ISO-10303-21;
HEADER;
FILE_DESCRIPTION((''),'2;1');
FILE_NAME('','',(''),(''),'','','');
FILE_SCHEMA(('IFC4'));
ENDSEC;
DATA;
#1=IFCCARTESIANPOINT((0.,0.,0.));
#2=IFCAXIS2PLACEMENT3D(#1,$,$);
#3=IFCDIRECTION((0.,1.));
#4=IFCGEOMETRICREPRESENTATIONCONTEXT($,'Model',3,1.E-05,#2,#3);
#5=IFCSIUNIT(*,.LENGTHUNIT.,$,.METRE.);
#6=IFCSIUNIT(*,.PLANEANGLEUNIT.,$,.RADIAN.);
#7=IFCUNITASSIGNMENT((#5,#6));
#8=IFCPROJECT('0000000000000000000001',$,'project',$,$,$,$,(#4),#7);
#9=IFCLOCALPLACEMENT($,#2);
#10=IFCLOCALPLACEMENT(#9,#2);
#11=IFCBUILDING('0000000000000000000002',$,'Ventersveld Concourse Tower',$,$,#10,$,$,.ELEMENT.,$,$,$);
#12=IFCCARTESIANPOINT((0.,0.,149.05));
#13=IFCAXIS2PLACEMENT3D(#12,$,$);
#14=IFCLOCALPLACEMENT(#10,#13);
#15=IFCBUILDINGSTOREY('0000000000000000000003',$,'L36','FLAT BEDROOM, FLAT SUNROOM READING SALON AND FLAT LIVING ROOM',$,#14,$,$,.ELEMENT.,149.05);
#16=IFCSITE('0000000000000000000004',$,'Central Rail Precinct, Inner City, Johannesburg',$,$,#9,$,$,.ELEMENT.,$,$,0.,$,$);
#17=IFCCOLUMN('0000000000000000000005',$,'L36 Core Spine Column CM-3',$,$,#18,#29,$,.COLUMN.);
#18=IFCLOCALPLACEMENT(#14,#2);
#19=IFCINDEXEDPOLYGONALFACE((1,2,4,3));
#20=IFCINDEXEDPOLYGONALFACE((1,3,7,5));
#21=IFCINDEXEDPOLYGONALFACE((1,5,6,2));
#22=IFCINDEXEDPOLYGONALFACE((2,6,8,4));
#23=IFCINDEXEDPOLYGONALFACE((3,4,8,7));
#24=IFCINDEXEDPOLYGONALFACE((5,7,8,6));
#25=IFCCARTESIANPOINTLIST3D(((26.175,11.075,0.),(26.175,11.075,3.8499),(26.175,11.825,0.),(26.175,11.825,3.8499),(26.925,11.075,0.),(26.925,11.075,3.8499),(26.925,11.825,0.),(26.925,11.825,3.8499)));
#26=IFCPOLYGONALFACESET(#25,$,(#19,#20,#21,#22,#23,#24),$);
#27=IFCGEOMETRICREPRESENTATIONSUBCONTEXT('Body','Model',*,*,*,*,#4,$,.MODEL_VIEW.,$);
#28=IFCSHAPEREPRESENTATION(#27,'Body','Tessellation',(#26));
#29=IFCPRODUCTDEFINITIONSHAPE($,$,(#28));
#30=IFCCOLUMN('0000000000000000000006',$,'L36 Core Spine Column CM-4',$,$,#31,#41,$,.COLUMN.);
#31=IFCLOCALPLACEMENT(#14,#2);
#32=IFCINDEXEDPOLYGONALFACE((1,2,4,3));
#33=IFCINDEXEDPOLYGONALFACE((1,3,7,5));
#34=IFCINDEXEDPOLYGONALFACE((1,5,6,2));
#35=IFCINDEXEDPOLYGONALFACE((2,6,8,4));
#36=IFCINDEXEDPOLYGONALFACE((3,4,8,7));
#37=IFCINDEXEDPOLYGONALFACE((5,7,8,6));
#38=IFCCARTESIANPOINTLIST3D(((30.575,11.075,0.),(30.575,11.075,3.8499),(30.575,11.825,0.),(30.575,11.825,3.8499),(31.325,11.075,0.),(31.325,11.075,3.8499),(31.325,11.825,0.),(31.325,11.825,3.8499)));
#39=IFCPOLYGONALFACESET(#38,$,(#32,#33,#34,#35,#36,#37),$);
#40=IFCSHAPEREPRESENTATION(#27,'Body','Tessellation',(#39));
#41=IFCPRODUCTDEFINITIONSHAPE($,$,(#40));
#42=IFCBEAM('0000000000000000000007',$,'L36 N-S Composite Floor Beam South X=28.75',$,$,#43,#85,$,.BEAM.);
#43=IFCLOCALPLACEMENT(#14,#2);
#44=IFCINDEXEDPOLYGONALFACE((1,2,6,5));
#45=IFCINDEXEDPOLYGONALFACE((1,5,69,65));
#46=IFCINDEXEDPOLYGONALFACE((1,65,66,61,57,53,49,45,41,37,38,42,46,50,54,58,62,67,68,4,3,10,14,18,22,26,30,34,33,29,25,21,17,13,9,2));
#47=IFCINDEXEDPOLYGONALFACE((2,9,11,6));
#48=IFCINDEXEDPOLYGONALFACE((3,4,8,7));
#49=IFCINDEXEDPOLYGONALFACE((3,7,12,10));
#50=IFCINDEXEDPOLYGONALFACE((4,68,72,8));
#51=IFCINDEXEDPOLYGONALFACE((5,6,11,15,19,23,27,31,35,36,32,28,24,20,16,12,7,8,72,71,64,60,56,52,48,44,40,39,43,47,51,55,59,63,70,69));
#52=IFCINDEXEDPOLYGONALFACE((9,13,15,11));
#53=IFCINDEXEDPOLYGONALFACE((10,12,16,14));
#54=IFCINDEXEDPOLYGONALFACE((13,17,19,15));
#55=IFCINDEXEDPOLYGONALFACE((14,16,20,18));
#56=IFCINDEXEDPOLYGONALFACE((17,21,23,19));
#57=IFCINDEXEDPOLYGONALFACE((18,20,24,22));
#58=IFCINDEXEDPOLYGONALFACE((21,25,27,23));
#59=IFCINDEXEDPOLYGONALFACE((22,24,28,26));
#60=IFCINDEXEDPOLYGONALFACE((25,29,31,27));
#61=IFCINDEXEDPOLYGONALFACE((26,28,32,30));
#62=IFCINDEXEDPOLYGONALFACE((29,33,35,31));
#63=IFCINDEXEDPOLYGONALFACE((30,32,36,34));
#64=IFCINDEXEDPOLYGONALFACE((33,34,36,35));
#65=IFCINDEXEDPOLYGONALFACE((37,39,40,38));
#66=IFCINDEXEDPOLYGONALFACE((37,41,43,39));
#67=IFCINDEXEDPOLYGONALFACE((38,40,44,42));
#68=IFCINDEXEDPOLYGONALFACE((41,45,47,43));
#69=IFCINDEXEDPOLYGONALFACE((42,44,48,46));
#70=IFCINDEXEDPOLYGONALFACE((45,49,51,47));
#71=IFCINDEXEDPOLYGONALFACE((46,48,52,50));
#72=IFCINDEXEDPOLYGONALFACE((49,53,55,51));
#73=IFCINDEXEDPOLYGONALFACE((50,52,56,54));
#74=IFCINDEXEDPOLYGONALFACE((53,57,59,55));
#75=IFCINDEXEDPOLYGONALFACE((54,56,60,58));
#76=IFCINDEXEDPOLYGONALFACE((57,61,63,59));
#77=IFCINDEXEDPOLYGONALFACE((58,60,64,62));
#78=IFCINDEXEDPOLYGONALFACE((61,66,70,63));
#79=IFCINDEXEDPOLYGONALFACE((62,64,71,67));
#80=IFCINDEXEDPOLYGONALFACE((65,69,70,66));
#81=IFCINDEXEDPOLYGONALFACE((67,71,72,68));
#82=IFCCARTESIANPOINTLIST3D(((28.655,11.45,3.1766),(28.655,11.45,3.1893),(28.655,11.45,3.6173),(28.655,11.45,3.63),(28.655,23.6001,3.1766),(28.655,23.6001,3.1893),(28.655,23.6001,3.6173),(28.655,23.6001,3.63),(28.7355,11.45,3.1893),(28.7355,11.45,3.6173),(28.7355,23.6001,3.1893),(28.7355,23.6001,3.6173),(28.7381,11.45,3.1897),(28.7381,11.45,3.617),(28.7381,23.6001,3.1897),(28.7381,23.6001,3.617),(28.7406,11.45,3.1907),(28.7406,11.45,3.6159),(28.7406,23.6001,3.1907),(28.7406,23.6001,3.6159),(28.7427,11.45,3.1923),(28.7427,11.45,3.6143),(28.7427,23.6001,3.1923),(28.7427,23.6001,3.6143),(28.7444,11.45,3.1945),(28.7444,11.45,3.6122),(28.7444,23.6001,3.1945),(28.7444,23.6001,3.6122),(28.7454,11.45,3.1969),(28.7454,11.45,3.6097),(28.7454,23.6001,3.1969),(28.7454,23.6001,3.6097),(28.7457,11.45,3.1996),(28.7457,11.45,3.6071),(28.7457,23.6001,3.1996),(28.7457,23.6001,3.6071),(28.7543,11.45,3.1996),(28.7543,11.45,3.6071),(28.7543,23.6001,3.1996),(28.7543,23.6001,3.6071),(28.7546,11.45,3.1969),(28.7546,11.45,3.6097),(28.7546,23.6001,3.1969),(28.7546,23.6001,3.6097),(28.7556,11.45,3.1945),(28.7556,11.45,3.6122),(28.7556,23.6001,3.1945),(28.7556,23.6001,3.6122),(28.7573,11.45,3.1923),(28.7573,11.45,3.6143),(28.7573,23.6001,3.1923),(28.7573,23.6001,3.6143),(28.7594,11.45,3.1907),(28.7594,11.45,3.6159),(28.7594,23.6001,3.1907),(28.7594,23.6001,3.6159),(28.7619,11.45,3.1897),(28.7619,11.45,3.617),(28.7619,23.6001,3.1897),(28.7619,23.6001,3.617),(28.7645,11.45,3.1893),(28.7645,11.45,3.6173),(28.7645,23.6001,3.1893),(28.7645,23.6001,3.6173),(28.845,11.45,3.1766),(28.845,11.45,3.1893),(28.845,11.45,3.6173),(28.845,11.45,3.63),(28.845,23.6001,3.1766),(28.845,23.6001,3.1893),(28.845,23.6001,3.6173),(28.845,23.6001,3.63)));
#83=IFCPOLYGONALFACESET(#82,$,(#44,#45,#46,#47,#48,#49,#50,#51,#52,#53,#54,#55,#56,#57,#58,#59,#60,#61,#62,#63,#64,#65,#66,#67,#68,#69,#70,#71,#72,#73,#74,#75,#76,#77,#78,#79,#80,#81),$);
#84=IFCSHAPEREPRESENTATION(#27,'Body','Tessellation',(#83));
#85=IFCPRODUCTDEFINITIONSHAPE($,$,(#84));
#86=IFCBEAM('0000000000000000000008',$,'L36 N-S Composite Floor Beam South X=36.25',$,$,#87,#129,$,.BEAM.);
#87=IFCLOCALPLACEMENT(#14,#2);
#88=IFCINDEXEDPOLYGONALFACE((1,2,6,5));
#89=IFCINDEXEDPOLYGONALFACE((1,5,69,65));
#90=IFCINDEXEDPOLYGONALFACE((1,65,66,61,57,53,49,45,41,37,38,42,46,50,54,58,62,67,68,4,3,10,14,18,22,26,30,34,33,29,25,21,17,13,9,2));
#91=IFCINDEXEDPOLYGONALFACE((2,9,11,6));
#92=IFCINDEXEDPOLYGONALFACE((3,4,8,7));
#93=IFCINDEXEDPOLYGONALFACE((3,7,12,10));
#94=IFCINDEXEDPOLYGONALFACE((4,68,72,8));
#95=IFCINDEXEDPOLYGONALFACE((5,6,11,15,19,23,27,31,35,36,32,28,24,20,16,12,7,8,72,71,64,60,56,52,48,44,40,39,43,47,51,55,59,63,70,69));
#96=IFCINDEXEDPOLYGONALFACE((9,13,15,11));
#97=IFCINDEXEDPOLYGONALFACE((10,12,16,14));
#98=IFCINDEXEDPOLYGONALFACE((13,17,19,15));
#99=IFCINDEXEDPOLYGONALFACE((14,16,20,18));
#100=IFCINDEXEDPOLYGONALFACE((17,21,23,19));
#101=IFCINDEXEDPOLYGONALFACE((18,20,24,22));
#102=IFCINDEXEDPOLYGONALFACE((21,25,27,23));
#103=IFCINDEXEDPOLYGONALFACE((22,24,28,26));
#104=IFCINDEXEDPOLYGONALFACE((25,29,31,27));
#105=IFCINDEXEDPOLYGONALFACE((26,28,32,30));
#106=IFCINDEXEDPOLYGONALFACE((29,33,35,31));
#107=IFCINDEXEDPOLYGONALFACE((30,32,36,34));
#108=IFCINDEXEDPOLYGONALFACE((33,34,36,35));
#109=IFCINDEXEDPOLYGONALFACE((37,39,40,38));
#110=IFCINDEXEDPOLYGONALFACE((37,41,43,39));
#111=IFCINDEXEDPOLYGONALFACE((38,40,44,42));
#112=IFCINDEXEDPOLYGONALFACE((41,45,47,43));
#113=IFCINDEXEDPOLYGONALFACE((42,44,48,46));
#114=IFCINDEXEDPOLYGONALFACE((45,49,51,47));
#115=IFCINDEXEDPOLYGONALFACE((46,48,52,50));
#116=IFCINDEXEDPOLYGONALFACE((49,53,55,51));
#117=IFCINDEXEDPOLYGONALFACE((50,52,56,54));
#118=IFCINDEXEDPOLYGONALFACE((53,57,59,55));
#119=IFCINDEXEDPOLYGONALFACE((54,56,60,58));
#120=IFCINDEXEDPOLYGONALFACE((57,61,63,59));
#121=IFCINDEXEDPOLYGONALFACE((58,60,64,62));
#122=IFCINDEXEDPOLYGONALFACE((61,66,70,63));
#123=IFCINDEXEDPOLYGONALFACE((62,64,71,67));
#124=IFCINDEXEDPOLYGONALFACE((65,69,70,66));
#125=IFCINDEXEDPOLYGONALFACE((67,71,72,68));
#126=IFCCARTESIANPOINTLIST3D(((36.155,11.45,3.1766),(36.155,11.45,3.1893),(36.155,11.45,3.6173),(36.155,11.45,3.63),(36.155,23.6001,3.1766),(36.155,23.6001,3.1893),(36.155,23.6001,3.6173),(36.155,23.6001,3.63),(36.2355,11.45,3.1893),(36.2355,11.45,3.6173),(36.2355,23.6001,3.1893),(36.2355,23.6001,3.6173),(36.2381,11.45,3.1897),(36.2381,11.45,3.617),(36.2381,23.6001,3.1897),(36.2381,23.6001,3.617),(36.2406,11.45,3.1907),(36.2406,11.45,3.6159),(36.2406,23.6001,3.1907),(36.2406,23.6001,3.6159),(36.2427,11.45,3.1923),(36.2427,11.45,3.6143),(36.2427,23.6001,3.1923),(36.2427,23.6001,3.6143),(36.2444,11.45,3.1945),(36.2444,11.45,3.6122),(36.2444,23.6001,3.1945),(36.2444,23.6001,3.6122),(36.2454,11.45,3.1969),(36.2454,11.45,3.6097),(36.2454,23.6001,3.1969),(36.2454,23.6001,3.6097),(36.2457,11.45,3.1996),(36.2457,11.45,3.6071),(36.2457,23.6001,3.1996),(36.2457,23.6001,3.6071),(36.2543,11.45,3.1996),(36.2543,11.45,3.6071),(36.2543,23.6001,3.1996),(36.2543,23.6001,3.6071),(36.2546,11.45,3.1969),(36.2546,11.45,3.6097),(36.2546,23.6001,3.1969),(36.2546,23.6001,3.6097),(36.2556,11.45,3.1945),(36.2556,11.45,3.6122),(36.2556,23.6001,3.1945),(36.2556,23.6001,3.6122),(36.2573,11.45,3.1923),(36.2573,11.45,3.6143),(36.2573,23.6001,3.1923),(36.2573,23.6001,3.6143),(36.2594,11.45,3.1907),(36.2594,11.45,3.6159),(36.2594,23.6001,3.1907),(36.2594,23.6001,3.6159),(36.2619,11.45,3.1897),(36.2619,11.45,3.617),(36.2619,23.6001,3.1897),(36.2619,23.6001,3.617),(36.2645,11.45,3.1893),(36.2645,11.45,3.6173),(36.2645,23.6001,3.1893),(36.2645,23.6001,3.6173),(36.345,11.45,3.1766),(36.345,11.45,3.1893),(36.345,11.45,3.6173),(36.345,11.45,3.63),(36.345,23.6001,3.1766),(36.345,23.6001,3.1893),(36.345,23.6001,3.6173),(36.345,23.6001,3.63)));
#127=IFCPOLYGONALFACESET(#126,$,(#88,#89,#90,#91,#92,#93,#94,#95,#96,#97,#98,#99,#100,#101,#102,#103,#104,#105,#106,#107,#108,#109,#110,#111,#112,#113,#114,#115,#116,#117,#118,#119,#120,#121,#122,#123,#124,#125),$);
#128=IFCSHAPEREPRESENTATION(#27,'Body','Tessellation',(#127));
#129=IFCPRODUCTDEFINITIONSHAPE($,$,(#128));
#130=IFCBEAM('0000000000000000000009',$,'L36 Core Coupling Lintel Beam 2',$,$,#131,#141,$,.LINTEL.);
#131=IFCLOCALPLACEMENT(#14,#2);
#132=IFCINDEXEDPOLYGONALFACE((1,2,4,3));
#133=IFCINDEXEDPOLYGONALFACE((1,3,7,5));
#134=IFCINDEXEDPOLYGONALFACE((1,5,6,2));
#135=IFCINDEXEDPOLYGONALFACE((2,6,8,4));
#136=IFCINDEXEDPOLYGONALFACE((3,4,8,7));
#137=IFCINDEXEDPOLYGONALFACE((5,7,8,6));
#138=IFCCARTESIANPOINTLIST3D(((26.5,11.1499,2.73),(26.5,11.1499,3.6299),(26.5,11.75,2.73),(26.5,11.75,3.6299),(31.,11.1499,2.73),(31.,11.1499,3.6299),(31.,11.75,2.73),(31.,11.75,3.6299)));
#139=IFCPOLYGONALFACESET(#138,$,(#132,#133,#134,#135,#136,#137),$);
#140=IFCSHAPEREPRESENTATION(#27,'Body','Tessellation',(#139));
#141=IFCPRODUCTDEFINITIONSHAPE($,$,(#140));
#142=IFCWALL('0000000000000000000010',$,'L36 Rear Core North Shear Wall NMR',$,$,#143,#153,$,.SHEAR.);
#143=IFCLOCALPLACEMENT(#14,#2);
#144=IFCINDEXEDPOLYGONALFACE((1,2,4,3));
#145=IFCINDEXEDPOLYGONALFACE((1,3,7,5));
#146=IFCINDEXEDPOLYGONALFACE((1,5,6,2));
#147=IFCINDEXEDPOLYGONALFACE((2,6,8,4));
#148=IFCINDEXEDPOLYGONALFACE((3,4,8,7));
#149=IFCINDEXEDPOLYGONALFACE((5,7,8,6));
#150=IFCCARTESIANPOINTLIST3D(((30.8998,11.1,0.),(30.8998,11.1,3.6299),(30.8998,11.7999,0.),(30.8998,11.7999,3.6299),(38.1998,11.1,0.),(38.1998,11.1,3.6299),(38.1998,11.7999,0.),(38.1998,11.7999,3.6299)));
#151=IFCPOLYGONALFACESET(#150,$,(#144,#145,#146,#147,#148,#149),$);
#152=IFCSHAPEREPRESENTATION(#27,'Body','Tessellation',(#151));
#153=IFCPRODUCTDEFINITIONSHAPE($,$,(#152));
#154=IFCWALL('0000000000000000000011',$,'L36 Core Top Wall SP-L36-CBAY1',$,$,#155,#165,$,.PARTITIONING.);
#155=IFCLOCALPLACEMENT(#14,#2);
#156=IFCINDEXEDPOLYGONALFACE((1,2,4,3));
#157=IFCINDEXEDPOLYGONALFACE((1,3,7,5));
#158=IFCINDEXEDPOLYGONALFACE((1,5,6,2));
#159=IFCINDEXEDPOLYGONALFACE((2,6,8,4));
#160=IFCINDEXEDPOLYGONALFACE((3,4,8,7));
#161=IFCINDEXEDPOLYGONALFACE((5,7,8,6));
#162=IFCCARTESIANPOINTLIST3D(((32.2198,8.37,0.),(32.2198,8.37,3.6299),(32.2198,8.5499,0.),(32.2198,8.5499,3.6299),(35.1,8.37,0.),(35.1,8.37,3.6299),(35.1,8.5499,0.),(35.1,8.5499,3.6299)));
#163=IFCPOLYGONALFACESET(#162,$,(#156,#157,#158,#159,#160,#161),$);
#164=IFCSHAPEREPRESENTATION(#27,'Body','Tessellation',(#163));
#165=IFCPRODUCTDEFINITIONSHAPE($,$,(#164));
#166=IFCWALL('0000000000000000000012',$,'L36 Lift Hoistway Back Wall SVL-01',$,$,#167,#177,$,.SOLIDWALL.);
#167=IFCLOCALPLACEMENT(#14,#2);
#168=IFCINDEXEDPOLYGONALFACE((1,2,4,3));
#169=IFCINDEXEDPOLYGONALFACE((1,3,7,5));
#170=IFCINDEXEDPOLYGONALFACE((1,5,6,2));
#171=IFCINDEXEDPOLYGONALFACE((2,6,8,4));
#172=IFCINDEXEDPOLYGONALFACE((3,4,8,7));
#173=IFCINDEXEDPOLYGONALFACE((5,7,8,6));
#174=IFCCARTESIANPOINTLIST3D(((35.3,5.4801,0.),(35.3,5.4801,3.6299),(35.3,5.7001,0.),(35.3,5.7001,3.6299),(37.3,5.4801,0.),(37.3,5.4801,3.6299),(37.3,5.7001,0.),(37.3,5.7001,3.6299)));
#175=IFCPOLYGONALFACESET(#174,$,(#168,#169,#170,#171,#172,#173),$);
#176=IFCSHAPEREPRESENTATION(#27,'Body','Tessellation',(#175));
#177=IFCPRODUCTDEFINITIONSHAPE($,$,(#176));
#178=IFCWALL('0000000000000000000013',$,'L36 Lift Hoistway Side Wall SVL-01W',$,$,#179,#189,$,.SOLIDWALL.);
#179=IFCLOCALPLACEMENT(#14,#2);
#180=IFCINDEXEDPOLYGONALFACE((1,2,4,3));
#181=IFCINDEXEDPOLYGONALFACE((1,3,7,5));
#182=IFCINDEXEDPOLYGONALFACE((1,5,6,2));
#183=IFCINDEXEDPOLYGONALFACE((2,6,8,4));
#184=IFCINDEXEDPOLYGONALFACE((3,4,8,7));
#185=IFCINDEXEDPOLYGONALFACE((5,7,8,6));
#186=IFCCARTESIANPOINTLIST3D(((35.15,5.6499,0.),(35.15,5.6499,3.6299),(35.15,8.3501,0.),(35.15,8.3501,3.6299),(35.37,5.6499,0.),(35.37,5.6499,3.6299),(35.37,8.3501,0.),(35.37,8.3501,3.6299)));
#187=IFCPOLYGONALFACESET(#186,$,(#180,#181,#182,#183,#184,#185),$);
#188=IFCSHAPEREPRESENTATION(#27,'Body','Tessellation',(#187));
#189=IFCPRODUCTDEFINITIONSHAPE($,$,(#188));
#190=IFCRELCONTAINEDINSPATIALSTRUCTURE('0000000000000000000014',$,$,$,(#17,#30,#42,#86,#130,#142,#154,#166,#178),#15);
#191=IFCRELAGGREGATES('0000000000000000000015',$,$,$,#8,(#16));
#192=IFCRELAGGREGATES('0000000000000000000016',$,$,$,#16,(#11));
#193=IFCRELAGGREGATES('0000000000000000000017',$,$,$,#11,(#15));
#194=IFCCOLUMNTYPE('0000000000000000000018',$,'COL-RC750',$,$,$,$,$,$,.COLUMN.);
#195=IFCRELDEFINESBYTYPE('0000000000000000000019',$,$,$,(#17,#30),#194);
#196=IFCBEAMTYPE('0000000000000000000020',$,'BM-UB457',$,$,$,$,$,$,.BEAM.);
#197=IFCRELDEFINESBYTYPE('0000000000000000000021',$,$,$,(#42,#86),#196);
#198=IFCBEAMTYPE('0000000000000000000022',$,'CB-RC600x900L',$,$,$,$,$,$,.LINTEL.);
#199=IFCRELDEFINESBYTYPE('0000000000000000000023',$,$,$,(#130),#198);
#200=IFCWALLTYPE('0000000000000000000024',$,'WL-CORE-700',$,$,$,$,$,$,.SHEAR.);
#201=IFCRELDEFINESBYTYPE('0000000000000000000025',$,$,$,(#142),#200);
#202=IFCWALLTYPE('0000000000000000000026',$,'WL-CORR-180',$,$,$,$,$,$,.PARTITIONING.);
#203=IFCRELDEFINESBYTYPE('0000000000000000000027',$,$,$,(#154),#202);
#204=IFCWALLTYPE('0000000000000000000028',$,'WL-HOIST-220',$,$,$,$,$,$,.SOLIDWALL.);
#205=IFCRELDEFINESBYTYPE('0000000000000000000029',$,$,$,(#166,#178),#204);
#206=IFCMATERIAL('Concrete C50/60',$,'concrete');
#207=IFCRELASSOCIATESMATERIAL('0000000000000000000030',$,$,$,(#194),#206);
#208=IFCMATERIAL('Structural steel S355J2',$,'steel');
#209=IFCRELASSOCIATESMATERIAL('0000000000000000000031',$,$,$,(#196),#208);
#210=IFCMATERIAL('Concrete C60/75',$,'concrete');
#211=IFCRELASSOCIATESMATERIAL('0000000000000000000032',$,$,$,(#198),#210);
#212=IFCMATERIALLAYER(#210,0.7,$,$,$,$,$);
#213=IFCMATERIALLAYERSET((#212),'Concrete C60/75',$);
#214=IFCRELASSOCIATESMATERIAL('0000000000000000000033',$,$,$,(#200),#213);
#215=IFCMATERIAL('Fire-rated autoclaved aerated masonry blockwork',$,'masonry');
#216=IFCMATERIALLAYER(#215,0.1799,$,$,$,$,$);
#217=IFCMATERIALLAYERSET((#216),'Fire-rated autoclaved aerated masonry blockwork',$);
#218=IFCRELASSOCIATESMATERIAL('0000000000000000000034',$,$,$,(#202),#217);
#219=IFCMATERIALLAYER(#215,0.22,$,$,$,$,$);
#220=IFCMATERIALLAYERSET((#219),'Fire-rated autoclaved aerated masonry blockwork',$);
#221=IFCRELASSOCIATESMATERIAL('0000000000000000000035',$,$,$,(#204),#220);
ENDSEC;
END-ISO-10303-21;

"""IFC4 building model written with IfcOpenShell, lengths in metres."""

from ifc_helpers import new_model, si_unit, direction, frame, frame_2d, origin, origin_2d, place, context, subcontext, project, spatial, rectangle, i_section, extrude, material, layer, layer_set, material_profile, profile_set, type_object, element, save


model = new_model("IFC4")

# Units and contexts
model_context = context("Model", 3, precision=1e-05, world=origin(), true_north=direction((0.0, 1.0)))
body_context = subcontext(model_context, "Body", "Model", "MODEL_VIEW")
ifc_project = project(units=[si_unit("LENGTHUNIT", "METRE"), si_unit("PLANEANGLEUNIT", "RADIAN")], contexts=[model_context])

# Site, building, storey
site_placement = place(None, origin())
site = spatial("IfcSite", under=ifc_project, at=site_placement, Name="Central Rail Precinct, Inner City, Johannesburg", CompositionType="ELEMENT", RefElevation=0.0)
building_placement = place(site_placement, origin())
building = spatial("IfcBuilding", under=site, at=building_placement, Name="Ventersveld Concourse Tower", CompositionType="ELEMENT")
storey_placement = place(building_placement, frame((0.0, 0.0, 149.05)))
storey = spatial("IfcBuildingStorey", under=building, at=storey_placement, Name="L36", Description="FLAT BEDROOM, FLAT SUNROOM READING SALON AND FLAT LIVING ROOM", CompositionType="ELEMENT", Elevation=149.05)

# Columns
ifc_material_1 = material(Name="Concrete C50/60", Category="concrete")
ifc_material_profile_1 = material_profile(ifc_material_1, rectangle(XDim=0.75, YDim=0.75, at=origin_2d()), Name="RC 750x750")
ifc_profile_set_1 = profile_set([ifc_material_profile_1], Name="Concrete C50/60")
column_type = type_object("IfcColumnType", Name="COL-RC750", PredefinedType="COLUMN", material=ifc_profile_set_1)
for number, where, z_axis, x_axis, name in (
    (1, (26.55, 11.45, 0.0), (0.0, 0.0, 1.0), (1.0, 0.0, 0.0), "L36 Core Spine Column CM-3"),
    (2, (30.95, 11.45, 0.0), (0.0, 0.0, 1.0), (1.0, 0.0, 0.0), "L36 Core Spine Column CM-4"),
):
    element("IfcColumn", number, at=place(storey_placement, frame(where, z_axis=z_axis, x_axis=x_axis)), inside=storey, type_object=column_type, Name=name, PredefinedType="COLUMN", context=body_context, shape_type="SweptSolid", body=[
        extrude(rectangle(XDim=0.75, YDim=0.75, at=origin_2d()), origin(), (0.0, 0.0, 1.0), 3.8499),
    ])

# Beams
ifc_material_2 = material(Name="Structural steel S355J2", Category="steel")
ifc_material_profile_2 = material_profile(ifc_material_2, i_section(OverallWidth=0.1899, OverallDepth=0.4534, WebThickness=0.0085, FlangeThickness=0.0127, FilletRadius=0.0103, at=origin_2d()), Name="UB 457x191x67")
ifc_profile_set_2 = profile_set([ifc_material_profile_2], Name="Structural steel S355J2")
beam_type_1 = type_object("IfcBeamType", Name="BM-UB457", PredefinedType="BEAM", material=ifc_profile_set_2)
for number, where, z_axis, x_axis, name in (
    (3, (28.75, 11.45, 3.4033), (0.0, 1.0, 0.0), (-1.0, 0.0, 0.0), "L36 N-S Composite Floor Beam South X=28.75"),
    (4, (36.25, 11.45, 3.4033), (0.0, 1.0, 0.0), (-1.0, 0.0, 0.0), "L36 N-S Composite Floor Beam South X=36.25"),
):
    element("IfcBeam", number, at=place(storey_placement, frame(where, z_axis=z_axis, x_axis=x_axis)), inside=storey, type_object=beam_type_1, Name=name, PredefinedType="BEAM", context=body_context, shape_type="SweptSolid", body=[
        extrude(i_section(OverallWidth=0.1899, OverallDepth=0.4534, WebThickness=0.0085, FlangeThickness=0.0127, FilletRadius=0.0103, at=origin_2d()), origin(), (0.0, 0.0, 1.0), 12.1501),
    ])
ifc_material_3 = material(Name="Concrete C60/75", Category="concrete")
ifc_material_profile_3 = material_profile(ifc_material_3, rectangle(XDim=0.6001, YDim=0.8999, at=origin_2d()), Name="RC 600x900")
ifc_profile_set_3 = profile_set([ifc_material_profile_3], Name="Concrete C60/75")
beam_type_2 = type_object("IfcBeamType", Name="CB-RC600x900L", PredefinedType="LINTEL", material=ifc_profile_set_3)
beam_placement = place(storey_placement, frame((26.5, 11.45, 3.1799), z_axis=(1.0, 0.0, 0.0), x_axis=(0.0, 1.0, 0.0)))
element("IfcBeam", 5, at=beam_placement, inside=storey, type_object=beam_type_2, Name="L36 Core Coupling Lintel Beam 2", PredefinedType="LINTEL", context=body_context, shape_type="SweptSolid", body=[
    extrude(rectangle(XDim=0.6001, YDim=0.8999, at=origin_2d()), origin(), (0.0, 0.0, 1.0), 4.5),
])

# Wall
ifc_layer_1 = layer(ifc_material_3, 0.7)
ifc_layer_set_1 = layer_set([ifc_layer_1], Name="Concrete C60/75")
wall_type_1 = type_object("IfcWallType", Name="WL-CORE-700", PredefinedType="SHEAR", material=ifc_layer_set_1)
wall_1_placement = place(storey_placement, frame((30.8999, 11.45, 0.0), z_axis=(0.0, 0.0, 1.0), x_axis=(1.0, 0.0, 0.0)))
element("IfcWall", 6, at=wall_1_placement, inside=storey, type_object=wall_type_1, Name="L36 Rear Core North Shear Wall NMR", PredefinedType="SHEAR", context=body_context, shape_type="SweptSolid", body=[
    extrude(rectangle(XDim=7.3, YDim=0.7, at=frame_2d((3.6499, 0.0))), origin(), (0.0, 0.0, 1.0), 3.6299),
])

# Shared definitions
ifc_material_4 = material(Name="Fire-rated autoclaved aerated masonry blockwork", Category="masonry")
ifc_layer_2 = layer(ifc_material_4, 0.1799)
ifc_layer_set_2 = layer_set([ifc_layer_2], Name="Fire-rated autoclaved aerated masonry blockwork")
wall_type_2 = type_object("IfcWallType", Name="WL-CORR-180", PredefinedType="PARTITIONING", material=ifc_layer_set_2)

# Walls
wall_2_placement = place(storey_placement, frame((32.22, 8.46, 0.0), z_axis=(0.0, 0.0, 1.0), x_axis=(1.0, 0.0, 0.0)))
element("IfcWall", 7, at=wall_2_placement, inside=storey, type_object=wall_type_2, Name="L36 Core Top Wall SP-L36-CBAY1", PredefinedType="PARTITIONING", context=body_context, shape_type="SweptSolid", body=[
    extrude(rectangle(XDim=2.8801, YDim=0.1799, at=frame_2d((1.4399, 0.0))), origin(), (0.0, 0.0, 1.0), 3.6299),
])
ifc_layer_3 = layer(ifc_material_4, 0.22)
ifc_layer_set_3 = layer_set([ifc_layer_3], Name="Fire-rated autoclaved aerated masonry blockwork")
wall_type_3 = type_object("IfcWallType", Name="WL-HOIST-220", PredefinedType="SOLIDWALL", material=ifc_layer_set_3)
wall_3_placement = place(storey_placement, frame((35.3, 5.5901, 0.0), z_axis=(0.0, 0.0, 1.0), x_axis=(1.0, 0.0, 0.0)))
element("IfcWall", 8, at=wall_3_placement, inside=storey, type_object=wall_type_3, Name="L36 Lift Hoistway Back Wall SVL-01", PredefinedType="SOLIDWALL", context=body_context, shape_type="SweptSolid", body=[
    extrude(rectangle(XDim=2.0, YDim=0.22, at=frame_2d((1.0, 0.0))), origin(), (0.0, 0.0, 1.0), 3.6299),
])
wall_4_placement = place(storey_placement, frame((35.26, 5.6499, 0.0), z_axis=(0.0, 0.0, 1.0), x_axis=(0.0, 1.0, 0.0)))
element("IfcWall", 9, at=wall_4_placement, inside=storey, type_object=wall_type_3, Name="L36 Lift Hoistway Side Wall SVL-01W", PredefinedType="SOLIDWALL", context=body_context, shape_type="SweptSolid", body=[
    extrude(rectangle(XDim=2.7002, YDim=0.22, at=frame_2d((1.3501, 0.0))), origin(), (0.0, 0.0, 1.0), 3.6299),
])

save(model, "model.ifc")
